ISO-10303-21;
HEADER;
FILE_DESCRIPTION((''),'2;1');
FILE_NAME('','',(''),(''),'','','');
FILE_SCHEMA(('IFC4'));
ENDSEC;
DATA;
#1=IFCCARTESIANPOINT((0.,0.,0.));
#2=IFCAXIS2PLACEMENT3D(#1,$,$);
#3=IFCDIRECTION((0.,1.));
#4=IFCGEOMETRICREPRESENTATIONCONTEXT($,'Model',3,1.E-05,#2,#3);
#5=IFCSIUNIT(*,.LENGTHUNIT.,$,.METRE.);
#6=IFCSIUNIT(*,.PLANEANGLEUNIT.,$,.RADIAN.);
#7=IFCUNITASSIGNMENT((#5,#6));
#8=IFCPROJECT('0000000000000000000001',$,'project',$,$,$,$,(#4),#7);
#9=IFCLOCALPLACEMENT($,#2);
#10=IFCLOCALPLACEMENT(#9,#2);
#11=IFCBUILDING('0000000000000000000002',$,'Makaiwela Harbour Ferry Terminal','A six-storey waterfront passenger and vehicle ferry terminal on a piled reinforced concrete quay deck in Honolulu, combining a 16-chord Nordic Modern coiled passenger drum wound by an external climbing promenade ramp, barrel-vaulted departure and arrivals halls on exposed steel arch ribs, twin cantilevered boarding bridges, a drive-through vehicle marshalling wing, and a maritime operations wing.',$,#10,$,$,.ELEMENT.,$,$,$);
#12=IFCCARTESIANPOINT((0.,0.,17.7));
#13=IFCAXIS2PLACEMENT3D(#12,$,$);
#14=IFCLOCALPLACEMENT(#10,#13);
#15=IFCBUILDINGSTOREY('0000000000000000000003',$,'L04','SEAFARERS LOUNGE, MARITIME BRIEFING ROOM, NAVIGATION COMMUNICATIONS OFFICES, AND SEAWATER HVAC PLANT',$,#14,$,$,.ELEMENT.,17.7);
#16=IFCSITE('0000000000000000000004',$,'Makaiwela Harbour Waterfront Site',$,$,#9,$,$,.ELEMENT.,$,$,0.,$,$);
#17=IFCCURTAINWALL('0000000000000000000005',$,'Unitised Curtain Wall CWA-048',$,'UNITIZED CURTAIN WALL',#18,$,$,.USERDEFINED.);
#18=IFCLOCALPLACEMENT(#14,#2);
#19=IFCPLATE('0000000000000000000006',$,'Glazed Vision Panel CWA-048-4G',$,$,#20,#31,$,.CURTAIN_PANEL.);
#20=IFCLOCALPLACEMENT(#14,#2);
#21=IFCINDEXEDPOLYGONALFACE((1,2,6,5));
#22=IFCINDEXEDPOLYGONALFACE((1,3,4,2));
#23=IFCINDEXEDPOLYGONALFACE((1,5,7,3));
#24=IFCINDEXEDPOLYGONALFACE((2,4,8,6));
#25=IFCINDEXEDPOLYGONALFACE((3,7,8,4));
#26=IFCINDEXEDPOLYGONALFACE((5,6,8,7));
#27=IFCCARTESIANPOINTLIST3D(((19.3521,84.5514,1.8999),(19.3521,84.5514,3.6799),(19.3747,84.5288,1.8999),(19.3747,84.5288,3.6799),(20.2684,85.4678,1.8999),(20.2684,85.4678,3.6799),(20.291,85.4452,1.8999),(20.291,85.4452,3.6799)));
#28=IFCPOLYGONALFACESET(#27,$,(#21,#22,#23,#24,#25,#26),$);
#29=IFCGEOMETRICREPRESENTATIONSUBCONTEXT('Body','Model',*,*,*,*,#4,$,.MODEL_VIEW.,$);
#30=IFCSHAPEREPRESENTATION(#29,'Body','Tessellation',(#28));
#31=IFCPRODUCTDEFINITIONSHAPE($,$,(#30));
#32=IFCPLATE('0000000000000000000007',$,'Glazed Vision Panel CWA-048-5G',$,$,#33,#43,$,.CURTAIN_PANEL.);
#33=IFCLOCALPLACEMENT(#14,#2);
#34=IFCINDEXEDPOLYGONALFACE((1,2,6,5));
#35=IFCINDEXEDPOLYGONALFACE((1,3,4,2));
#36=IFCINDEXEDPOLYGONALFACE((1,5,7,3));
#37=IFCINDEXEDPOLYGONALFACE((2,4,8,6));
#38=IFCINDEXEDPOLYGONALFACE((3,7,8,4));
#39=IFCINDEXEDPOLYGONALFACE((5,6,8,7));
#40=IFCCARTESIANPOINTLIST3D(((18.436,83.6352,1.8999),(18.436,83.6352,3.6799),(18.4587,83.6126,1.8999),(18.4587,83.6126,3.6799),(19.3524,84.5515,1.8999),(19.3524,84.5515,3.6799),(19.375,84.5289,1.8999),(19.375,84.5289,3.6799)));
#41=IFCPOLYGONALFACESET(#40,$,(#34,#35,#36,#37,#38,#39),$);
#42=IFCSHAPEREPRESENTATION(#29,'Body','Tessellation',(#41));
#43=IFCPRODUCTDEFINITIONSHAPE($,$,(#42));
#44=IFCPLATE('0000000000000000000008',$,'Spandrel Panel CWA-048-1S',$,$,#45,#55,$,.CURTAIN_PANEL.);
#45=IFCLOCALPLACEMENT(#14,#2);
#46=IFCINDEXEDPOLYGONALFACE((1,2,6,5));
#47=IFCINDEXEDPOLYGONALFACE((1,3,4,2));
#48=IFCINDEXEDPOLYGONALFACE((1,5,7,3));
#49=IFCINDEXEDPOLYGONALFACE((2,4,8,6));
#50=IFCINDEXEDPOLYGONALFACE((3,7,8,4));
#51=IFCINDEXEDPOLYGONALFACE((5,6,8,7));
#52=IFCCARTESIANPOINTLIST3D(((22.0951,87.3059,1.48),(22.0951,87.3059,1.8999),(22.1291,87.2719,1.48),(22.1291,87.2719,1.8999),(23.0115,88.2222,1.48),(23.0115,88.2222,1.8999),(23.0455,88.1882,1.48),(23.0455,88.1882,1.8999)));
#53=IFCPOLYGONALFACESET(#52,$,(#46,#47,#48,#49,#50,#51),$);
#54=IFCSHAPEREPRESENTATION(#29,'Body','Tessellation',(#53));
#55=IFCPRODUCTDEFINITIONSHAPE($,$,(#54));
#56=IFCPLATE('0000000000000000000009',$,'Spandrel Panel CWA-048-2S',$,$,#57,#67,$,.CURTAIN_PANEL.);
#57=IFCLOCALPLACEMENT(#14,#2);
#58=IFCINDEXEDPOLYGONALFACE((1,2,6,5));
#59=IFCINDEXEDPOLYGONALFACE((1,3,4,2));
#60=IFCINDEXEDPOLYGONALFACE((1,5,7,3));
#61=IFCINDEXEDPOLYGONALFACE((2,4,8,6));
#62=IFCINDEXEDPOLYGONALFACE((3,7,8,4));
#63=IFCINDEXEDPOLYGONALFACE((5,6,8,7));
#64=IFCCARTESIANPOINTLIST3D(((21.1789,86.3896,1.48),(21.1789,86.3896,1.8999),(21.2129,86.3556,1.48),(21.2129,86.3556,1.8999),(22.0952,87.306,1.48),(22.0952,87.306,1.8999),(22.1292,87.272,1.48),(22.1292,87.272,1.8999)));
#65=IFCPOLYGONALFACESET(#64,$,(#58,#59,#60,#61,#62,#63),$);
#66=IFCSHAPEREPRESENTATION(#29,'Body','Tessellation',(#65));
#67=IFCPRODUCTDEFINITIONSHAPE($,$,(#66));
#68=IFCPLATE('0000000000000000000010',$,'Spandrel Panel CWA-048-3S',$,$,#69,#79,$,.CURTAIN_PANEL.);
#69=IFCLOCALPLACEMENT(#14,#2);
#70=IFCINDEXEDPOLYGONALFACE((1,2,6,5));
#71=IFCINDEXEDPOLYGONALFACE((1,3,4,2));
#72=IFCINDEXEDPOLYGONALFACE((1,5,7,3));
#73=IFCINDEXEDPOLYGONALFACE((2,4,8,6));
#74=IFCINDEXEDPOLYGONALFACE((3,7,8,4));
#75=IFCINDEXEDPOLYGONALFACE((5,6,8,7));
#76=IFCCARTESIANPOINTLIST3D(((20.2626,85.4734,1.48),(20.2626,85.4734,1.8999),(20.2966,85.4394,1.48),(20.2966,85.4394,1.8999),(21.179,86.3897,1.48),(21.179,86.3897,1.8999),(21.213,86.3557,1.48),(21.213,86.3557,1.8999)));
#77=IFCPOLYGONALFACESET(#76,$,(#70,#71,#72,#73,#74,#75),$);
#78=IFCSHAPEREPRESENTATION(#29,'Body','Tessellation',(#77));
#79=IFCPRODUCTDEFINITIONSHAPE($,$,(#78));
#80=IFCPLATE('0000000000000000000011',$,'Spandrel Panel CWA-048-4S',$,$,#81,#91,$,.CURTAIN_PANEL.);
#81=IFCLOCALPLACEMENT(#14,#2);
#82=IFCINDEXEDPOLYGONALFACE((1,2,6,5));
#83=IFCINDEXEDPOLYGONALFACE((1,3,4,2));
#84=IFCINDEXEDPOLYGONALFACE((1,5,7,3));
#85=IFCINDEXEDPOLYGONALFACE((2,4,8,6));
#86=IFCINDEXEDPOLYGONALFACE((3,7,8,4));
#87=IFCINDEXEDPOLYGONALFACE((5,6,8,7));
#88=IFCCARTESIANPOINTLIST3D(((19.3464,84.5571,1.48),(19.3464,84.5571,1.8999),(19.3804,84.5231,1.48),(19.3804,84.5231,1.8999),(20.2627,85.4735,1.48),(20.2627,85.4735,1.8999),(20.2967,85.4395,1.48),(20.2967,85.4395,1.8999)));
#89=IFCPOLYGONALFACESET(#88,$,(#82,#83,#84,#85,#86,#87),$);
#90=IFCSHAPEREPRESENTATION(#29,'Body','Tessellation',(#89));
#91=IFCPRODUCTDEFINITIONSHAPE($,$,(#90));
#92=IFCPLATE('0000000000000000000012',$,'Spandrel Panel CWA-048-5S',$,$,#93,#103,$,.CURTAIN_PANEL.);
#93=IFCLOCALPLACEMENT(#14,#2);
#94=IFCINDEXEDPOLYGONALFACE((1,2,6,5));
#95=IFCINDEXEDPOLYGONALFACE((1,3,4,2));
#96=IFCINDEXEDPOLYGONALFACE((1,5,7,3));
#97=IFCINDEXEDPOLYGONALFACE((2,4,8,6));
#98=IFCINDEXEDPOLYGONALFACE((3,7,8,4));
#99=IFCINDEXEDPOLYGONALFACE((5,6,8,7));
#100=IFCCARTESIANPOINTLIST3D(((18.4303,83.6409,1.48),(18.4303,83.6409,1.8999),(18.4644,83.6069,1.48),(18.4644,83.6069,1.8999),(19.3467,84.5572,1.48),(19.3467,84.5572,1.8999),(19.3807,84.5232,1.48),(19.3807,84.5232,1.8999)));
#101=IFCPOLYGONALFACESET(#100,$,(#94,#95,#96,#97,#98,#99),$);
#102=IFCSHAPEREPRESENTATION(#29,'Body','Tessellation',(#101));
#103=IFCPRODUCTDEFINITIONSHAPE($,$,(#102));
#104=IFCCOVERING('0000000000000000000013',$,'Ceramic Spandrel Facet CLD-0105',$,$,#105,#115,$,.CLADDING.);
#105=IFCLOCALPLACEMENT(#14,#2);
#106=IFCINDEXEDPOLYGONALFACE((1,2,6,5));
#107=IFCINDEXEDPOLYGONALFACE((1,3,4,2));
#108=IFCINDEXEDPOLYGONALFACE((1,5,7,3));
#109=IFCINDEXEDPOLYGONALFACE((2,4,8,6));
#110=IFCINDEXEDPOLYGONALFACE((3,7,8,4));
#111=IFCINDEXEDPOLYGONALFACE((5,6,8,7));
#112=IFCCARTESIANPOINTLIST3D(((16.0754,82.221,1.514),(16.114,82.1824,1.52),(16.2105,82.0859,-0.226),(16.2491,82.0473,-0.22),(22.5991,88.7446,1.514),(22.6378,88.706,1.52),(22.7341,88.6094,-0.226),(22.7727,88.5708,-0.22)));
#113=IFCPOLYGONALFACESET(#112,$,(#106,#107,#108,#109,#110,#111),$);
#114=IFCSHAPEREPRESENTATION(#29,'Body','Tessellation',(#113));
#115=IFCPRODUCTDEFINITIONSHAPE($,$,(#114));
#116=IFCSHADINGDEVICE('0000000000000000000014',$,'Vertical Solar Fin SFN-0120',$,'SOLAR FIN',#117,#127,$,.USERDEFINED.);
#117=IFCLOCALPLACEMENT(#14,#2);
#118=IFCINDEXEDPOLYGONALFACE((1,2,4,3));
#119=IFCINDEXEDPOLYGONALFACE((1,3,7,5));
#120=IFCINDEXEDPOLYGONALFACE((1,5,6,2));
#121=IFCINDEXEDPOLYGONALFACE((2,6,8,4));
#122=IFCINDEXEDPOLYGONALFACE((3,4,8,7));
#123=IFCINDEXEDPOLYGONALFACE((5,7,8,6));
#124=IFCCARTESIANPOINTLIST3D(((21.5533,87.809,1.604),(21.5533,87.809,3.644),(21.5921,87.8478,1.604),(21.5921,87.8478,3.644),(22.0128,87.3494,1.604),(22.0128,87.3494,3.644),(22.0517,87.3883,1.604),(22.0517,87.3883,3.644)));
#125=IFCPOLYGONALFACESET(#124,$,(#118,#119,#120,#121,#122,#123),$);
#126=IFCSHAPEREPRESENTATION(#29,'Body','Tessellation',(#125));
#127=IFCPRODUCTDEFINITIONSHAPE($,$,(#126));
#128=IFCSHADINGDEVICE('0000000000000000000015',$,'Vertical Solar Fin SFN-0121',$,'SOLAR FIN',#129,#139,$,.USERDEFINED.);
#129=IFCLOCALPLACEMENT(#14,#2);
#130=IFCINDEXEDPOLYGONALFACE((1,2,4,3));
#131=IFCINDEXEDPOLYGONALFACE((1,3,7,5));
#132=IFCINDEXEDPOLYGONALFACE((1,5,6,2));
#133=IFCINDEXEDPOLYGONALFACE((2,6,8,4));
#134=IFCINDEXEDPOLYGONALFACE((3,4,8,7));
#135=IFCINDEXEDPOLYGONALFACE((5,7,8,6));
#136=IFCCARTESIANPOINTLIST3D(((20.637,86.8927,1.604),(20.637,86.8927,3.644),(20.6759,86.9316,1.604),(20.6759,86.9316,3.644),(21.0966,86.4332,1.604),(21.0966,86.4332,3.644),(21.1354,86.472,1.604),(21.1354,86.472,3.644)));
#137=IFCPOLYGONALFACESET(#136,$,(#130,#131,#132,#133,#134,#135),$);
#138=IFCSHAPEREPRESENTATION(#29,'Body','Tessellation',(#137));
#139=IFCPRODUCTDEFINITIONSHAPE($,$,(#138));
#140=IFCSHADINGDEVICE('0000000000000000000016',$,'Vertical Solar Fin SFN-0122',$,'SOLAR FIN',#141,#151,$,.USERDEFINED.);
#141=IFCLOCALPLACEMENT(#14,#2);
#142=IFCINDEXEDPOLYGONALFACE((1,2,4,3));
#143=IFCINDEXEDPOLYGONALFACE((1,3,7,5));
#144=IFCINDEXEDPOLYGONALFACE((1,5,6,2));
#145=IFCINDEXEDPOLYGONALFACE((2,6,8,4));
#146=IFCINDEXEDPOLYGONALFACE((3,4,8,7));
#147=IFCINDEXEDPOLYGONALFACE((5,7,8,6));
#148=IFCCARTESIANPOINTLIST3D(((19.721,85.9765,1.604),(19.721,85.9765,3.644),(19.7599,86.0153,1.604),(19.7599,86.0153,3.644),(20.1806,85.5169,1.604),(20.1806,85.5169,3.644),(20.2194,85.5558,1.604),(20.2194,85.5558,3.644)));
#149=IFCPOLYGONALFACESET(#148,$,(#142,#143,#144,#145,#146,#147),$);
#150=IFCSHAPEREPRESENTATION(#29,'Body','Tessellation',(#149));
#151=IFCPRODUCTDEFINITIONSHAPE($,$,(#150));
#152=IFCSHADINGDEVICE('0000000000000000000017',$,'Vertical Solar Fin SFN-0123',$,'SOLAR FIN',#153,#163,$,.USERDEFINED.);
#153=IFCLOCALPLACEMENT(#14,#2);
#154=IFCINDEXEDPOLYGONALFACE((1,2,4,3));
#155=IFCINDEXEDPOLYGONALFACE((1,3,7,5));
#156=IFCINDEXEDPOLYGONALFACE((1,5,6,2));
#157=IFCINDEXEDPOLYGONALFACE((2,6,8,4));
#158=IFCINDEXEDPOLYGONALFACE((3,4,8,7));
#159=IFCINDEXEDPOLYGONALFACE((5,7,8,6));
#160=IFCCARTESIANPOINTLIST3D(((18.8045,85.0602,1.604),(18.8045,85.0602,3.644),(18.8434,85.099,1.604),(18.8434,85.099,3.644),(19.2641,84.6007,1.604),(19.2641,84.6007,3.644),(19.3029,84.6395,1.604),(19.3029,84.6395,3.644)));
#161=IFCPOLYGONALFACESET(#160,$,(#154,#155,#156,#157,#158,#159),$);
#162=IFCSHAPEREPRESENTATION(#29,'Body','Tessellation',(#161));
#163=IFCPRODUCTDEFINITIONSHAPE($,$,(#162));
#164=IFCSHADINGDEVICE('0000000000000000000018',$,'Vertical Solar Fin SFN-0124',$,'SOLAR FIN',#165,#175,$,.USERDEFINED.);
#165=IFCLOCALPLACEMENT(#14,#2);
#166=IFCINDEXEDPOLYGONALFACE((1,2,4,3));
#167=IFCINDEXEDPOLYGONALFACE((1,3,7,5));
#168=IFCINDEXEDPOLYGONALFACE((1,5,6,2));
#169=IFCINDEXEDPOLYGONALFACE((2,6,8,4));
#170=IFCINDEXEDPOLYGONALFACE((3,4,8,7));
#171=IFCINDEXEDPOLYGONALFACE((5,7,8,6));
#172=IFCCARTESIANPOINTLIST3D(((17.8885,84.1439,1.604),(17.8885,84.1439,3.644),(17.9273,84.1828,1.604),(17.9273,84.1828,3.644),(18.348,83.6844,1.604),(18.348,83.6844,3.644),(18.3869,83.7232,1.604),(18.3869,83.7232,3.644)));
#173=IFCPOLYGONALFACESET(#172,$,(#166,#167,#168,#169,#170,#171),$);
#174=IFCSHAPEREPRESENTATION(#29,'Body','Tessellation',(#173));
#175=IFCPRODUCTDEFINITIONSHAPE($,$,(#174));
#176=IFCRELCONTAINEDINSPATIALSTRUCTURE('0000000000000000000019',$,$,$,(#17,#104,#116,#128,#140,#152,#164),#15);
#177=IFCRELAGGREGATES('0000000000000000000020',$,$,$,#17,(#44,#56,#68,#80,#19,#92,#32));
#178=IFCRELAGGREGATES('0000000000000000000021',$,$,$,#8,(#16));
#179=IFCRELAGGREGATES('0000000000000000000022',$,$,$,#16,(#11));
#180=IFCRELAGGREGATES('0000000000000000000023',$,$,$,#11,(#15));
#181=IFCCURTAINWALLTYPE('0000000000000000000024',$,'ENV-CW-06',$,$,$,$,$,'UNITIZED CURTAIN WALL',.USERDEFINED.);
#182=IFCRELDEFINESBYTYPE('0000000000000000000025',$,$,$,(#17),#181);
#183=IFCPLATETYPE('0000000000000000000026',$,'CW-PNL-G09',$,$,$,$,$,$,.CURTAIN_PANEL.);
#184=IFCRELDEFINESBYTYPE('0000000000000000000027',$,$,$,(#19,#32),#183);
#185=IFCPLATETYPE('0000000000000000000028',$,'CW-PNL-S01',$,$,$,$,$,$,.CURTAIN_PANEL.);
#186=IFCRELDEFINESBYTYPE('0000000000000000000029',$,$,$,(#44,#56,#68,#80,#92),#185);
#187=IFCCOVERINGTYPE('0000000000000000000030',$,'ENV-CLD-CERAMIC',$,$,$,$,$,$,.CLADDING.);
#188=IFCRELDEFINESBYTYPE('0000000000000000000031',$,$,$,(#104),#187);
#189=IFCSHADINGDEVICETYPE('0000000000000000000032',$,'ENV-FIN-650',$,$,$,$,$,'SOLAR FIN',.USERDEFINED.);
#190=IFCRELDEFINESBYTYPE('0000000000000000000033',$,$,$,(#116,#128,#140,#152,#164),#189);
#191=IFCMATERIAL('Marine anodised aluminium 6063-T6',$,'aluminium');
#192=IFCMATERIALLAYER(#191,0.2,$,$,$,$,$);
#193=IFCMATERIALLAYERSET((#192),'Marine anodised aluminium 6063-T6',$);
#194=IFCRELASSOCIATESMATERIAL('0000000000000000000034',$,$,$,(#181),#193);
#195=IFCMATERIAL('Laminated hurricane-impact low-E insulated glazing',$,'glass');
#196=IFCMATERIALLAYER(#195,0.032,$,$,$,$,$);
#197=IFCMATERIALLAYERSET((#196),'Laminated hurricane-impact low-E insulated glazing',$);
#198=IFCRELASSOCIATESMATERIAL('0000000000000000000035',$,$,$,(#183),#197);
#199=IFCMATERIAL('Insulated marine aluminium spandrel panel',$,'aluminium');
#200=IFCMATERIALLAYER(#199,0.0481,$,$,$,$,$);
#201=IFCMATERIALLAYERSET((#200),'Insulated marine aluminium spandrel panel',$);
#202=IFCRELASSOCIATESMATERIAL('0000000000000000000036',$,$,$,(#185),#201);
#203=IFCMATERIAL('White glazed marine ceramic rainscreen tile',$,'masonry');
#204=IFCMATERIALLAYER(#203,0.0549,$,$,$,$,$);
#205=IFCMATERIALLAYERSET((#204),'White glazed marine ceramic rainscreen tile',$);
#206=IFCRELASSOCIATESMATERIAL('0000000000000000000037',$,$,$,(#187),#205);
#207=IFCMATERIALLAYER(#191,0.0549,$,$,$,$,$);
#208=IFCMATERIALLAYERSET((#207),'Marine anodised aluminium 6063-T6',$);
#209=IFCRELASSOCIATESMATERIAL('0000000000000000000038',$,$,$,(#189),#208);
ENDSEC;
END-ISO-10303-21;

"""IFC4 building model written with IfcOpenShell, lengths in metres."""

from ifc_helpers import new_model, si_unit, direction, frame, origin, origin_2d, place, context, subcontext, project, spatial, polyline, rectangle, outline, extrude, material, layer, layer_set, type_object, element, aggregate, save


model = new_model("IFC4")

# Units and contexts
model_context = context("Model", 3, precision=1e-05, world=origin(), true_north=direction((0.0, 1.0)))
body_context = subcontext(model_context, "Body", "Model", "MODEL_VIEW")
ifc_project = project(units=[si_unit("LENGTHUNIT", "METRE"), si_unit("PLANEANGLEUNIT", "RADIAN")], contexts=[model_context])

# Site, building, storey
site_placement = place(None, origin())
site = spatial("IfcSite", under=ifc_project, at=site_placement, Name="Makaiwela Harbour Waterfront Site", CompositionType="ELEMENT", RefElevation=0.0)
building_placement = place(site_placement, origin())
building = spatial("IfcBuilding", under=site, at=building_placement, Name="Makaiwela Harbour Ferry Terminal", Description="A six-storey waterfront passenger and vehicle ferry terminal on a piled reinforced concrete quay deck in Honolulu, combining a 16-chord Nordic Modern coiled passenger drum wound by an external climbing promenade ramp, barrel-vaulted departure and arrivals halls on exposed steel arch ribs, twin cantilevered boarding bridges, a drive-through vehicle marshalling wing, and a maritime operations wing.", CompositionType="ELEMENT")
storey_placement = place(building_placement, frame((0.0, 0.0, 17.7)))
storey = spatial("IfcBuildingStorey", under=building, at=storey_placement, Name="L04", Description="SEAFARERS LOUNGE, MARITIME BRIEFING ROOM, NAVIGATION COMMUNICATIONS OFFICES, AND SEAWATER HVAC PLANT", CompositionType="ELEMENT", Elevation=17.7)

# Curtain wall
ifc_material_1 = material(Name="Marine anodised aluminium 6063-T6", Category="aluminium")
ifc_layer_1 = layer(ifc_material_1, 0.2)
ifc_layer_set_1 = layer_set([ifc_layer_1], Name="Marine anodised aluminium 6063-T6")
curtain_wall_type = type_object("IfcCurtainWallType", Name="ENV-CW-06", ElementType="UNITIZED CURTAIN WALL", PredefinedType="USERDEFINED", material=ifc_layer_set_1)
curtain_wall_placement = place(storey_placement, origin())
curtain_wall = element("IfcCurtainWall", 1, at=curtain_wall_placement, inside=storey, type_object=curtain_wall_type, Name="Unitised Curtain Wall CWA-048", ObjectType="UNITIZED CURTAIN WALL", PredefinedType="USERDEFINED")

# Plates
ifc_material_2 = material(Name="Laminated hurricane-impact low-E insulated glazing", Category="glass")
ifc_layer_2 = layer(ifc_material_2, 0.032)
ifc_layer_set_2 = layer_set([ifc_layer_2], Name="Laminated hurricane-impact low-E insulated glazing")
plate_type_1 = type_object("IfcPlateType", Name="CW-PNL-G09", PredefinedType="CURTAIN_PANEL", material=ifc_layer_set_2)
plate_1_placement = place(storey_placement, frame((19.8215, 84.9983, 1.8999), z_axis=(0.0, 0.0, 1.0), x_axis=(-0.707107, -0.707107, 0.0)))
plate_1 = element("IfcPlate", 2, at=plate_1_placement, type_object=plate_type_1, Name="Glazed Vision Panel CWA-048-4G", PredefinedType="CURTAIN_PANEL", context=body_context, shape_type="SweptSolid", body=[
    extrude(rectangle(XDim=1.2959, YDim=0.032, at=origin_2d()), origin(), (0.0, 0.0, 1.0), 1.78),
])
plate_2_placement = place(storey_placement, frame((18.9055, 84.082, 1.8999), z_axis=(0.0, 0.0, 1.0), x_axis=(-0.707107, -0.707107, 0.0)))
plate_2 = element("IfcPlate", 3, at=plate_2_placement, type_object=plate_type_1, Name="Glazed Vision Panel CWA-048-5G", PredefinedType="CURTAIN_PANEL", context=body_context, shape_type="SweptSolid", body=[
    extrude(rectangle(XDim=1.2959, YDim=0.032, at=origin_2d()), origin(), (0.0, 0.0, 1.0), 1.78),
])
ifc_material_3 = material(Name="Insulated marine aluminium spandrel panel", Category="aluminium")
ifc_layer_3 = layer(ifc_material_3, 0.0481)
ifc_layer_set_3 = layer_set([ifc_layer_3], Name="Insulated marine aluminium spandrel panel")
plate_type_2 = type_object("IfcPlateType", Name="CW-PNL-S01", PredefinedType="CURTAIN_PANEL", material=ifc_layer_set_3)
plate_3_placement = place(storey_placement, frame((22.5703, 87.7471, 1.48), z_axis=(0.0, 0.0, 1.0), x_axis=(-0.707107, -0.707107, 0.0)))
plate_3 = element("IfcPlate", 4, at=plate_3_placement, type_object=plate_type_2, Name="Spandrel Panel CWA-048-1S", PredefinedType="CURTAIN_PANEL", context=body_context, shape_type="SweptSolid", body=[
    extrude(rectangle(XDim=1.2959, YDim=0.0481, at=origin_2d()), origin(), (0.0, 0.0, 1.0), 0.4199),
])
plate_4_placement = place(storey_placement, frame((21.6541, 86.8308, 1.48), z_axis=(0.0, 0.0, 1.0), x_axis=(-0.707107, -0.707107, 0.0)))
plate_4 = element("IfcPlate", 5, at=plate_4_placement, type_object=plate_type_2, Name="Spandrel Panel CWA-048-2S", PredefinedType="CURTAIN_PANEL", context=body_context, shape_type="SweptSolid", body=[
    extrude(rectangle(XDim=1.2959, YDim=0.0481, at=origin_2d()), origin(), (0.0, 0.0, 1.0), 0.4199),
])
plate_5_placement = place(storey_placement, frame((20.7378, 85.9146, 1.48), z_axis=(0.0, 0.0, 1.0), x_axis=(-0.707107, -0.707107, 0.0)))
plate_5 = element("IfcPlate", 6, at=plate_5_placement, type_object=plate_type_2, Name="Spandrel Panel CWA-048-3S", PredefinedType="CURTAIN_PANEL", context=body_context, shape_type="SweptSolid", body=[
    extrude(rectangle(XDim=1.2959, YDim=0.0481, at=origin_2d()), origin(), (0.0, 0.0, 1.0), 0.4199),
])
plate_6_placement = place(storey_placement, frame((19.8215, 84.9983, 1.48), z_axis=(0.0, 0.0, 1.0), x_axis=(-0.707107, -0.707107, 0.0)))
plate_6 = element("IfcPlate", 7, at=plate_6_placement, type_object=plate_type_2, Name="Spandrel Panel CWA-048-4S", PredefinedType="CURTAIN_PANEL", context=body_context, shape_type="SweptSolid", body=[
    extrude(rectangle(XDim=1.2959, YDim=0.0481, at=origin_2d()), origin(), (0.0, 0.0, 1.0), 0.4199),
])
plate_7_placement = place(storey_placement, frame((18.9055, 84.082, 1.48), z_axis=(0.0, 0.0, 1.0), x_axis=(-0.707107, -0.707107, 0.0)))
plate_7 = element("IfcPlate", 8, at=plate_7_placement, type_object=plate_type_2, Name="Spandrel Panel CWA-048-5S", PredefinedType="CURTAIN_PANEL", context=body_context, shape_type="SweptSolid", body=[
    extrude(rectangle(XDim=1.2959, YDim=0.0481, at=origin_2d()), origin(), (0.0, 0.0, 1.0), 0.4199),
])
aggregate(curtain_wall, [plate_3, plate_4, plate_5, plate_6, plate_1, plate_7, plate_2])

# Covering
ifc_material_4 = material(Name="White glazed marine ceramic rainscreen tile", Category="masonry")
ifc_layer_4 = layer(ifc_material_4, 0.0549)
ifc_layer_set_4 = layer_set([ifc_layer_4], Name="White glazed marine ceramic rainscreen tile")
covering_type = type_object("IfcCoveringType", Name="ENV-CLD-CERAMIC", PredefinedType="CLADDING", material=ifc_layer_set_4)
covering_placement = place(storey_placement, frame((22.7727, 88.5708, -0.22), z_axis=(0.702877, -0.70289, 0.109126), x_axis=(-0.707113, -0.7071, 0.000001)))
element("IfcCovering", 9, at=covering_placement, inside=storey, type_object=covering_type, Name="Ceramic Spandrel Facet CLD-0105", PredefinedType="CLADDING", context=body_context, shape_type="SweptSolid", body=[
    extrude(outline(polyline([(0.0, 0.0), (9.2257, 0.0), (9.2257, -1.7504), (-0.0002, -1.7505), (0.0, 0.0)])), origin(), (0.0, 0.0, -1.0), 0.0549),
])

# Shading devices
ifc_layer_5 = layer(ifc_material_1, 0.0549)
ifc_layer_set_5 = layer_set([ifc_layer_5], Name="Marine anodised aluminium 6063-T6")
shading_device_type = type_object("IfcShadingDeviceType", Name="ENV-FIN-650", ElementType="SOLAR FIN", PredefinedType="USERDEFINED", material=ifc_layer_set_5)
for number, where, z_axis, x_axis, name in (
    (10, (21.8025, 87.5986, 1.604), (0.0, 0.0, 1.0), (-0.707107, 0.707107, 0.0), "Vertical Solar Fin SFN-0120"),
    (11, (20.8862, 86.6824, 1.604), (0.0, 0.0, 1.0), (-0.707107, 0.707107, 0.0), "Vertical Solar Fin SFN-0121"),
    (12, (19.9702, 85.7661, 1.604), (0.0, 0.0, 1.0), (-0.707107, 0.707107, 0.0), "Vertical Solar Fin SFN-0122"),
    (13, (19.0537, 84.8499, 1.604), (0.0, 0.0, 1.0), (-0.707107, 0.707107, 0.0), "Vertical Solar Fin SFN-0123"),
    (14, (18.1377, 83.9336, 1.604), (0.0, 0.0, 1.0), (-0.707107, 0.707107, 0.0), "Vertical Solar Fin SFN-0124"),
):
    element("IfcShadingDevice", number, at=place(storey_placement, frame(where, z_axis=z_axis, x_axis=x_axis)), inside=storey, type_object=shading_device_type, Name=name, ObjectType="SOLAR FIN", PredefinedType="USERDEFINED", context=body_context, shape_type="SweptSolid", body=[
        extrude(rectangle(XDim=0.6499, YDim=0.0549, at=origin_2d()), origin(), (0.0, 0.0, 1.0), 2.04),
    ])

save(model, "model.ifc")
